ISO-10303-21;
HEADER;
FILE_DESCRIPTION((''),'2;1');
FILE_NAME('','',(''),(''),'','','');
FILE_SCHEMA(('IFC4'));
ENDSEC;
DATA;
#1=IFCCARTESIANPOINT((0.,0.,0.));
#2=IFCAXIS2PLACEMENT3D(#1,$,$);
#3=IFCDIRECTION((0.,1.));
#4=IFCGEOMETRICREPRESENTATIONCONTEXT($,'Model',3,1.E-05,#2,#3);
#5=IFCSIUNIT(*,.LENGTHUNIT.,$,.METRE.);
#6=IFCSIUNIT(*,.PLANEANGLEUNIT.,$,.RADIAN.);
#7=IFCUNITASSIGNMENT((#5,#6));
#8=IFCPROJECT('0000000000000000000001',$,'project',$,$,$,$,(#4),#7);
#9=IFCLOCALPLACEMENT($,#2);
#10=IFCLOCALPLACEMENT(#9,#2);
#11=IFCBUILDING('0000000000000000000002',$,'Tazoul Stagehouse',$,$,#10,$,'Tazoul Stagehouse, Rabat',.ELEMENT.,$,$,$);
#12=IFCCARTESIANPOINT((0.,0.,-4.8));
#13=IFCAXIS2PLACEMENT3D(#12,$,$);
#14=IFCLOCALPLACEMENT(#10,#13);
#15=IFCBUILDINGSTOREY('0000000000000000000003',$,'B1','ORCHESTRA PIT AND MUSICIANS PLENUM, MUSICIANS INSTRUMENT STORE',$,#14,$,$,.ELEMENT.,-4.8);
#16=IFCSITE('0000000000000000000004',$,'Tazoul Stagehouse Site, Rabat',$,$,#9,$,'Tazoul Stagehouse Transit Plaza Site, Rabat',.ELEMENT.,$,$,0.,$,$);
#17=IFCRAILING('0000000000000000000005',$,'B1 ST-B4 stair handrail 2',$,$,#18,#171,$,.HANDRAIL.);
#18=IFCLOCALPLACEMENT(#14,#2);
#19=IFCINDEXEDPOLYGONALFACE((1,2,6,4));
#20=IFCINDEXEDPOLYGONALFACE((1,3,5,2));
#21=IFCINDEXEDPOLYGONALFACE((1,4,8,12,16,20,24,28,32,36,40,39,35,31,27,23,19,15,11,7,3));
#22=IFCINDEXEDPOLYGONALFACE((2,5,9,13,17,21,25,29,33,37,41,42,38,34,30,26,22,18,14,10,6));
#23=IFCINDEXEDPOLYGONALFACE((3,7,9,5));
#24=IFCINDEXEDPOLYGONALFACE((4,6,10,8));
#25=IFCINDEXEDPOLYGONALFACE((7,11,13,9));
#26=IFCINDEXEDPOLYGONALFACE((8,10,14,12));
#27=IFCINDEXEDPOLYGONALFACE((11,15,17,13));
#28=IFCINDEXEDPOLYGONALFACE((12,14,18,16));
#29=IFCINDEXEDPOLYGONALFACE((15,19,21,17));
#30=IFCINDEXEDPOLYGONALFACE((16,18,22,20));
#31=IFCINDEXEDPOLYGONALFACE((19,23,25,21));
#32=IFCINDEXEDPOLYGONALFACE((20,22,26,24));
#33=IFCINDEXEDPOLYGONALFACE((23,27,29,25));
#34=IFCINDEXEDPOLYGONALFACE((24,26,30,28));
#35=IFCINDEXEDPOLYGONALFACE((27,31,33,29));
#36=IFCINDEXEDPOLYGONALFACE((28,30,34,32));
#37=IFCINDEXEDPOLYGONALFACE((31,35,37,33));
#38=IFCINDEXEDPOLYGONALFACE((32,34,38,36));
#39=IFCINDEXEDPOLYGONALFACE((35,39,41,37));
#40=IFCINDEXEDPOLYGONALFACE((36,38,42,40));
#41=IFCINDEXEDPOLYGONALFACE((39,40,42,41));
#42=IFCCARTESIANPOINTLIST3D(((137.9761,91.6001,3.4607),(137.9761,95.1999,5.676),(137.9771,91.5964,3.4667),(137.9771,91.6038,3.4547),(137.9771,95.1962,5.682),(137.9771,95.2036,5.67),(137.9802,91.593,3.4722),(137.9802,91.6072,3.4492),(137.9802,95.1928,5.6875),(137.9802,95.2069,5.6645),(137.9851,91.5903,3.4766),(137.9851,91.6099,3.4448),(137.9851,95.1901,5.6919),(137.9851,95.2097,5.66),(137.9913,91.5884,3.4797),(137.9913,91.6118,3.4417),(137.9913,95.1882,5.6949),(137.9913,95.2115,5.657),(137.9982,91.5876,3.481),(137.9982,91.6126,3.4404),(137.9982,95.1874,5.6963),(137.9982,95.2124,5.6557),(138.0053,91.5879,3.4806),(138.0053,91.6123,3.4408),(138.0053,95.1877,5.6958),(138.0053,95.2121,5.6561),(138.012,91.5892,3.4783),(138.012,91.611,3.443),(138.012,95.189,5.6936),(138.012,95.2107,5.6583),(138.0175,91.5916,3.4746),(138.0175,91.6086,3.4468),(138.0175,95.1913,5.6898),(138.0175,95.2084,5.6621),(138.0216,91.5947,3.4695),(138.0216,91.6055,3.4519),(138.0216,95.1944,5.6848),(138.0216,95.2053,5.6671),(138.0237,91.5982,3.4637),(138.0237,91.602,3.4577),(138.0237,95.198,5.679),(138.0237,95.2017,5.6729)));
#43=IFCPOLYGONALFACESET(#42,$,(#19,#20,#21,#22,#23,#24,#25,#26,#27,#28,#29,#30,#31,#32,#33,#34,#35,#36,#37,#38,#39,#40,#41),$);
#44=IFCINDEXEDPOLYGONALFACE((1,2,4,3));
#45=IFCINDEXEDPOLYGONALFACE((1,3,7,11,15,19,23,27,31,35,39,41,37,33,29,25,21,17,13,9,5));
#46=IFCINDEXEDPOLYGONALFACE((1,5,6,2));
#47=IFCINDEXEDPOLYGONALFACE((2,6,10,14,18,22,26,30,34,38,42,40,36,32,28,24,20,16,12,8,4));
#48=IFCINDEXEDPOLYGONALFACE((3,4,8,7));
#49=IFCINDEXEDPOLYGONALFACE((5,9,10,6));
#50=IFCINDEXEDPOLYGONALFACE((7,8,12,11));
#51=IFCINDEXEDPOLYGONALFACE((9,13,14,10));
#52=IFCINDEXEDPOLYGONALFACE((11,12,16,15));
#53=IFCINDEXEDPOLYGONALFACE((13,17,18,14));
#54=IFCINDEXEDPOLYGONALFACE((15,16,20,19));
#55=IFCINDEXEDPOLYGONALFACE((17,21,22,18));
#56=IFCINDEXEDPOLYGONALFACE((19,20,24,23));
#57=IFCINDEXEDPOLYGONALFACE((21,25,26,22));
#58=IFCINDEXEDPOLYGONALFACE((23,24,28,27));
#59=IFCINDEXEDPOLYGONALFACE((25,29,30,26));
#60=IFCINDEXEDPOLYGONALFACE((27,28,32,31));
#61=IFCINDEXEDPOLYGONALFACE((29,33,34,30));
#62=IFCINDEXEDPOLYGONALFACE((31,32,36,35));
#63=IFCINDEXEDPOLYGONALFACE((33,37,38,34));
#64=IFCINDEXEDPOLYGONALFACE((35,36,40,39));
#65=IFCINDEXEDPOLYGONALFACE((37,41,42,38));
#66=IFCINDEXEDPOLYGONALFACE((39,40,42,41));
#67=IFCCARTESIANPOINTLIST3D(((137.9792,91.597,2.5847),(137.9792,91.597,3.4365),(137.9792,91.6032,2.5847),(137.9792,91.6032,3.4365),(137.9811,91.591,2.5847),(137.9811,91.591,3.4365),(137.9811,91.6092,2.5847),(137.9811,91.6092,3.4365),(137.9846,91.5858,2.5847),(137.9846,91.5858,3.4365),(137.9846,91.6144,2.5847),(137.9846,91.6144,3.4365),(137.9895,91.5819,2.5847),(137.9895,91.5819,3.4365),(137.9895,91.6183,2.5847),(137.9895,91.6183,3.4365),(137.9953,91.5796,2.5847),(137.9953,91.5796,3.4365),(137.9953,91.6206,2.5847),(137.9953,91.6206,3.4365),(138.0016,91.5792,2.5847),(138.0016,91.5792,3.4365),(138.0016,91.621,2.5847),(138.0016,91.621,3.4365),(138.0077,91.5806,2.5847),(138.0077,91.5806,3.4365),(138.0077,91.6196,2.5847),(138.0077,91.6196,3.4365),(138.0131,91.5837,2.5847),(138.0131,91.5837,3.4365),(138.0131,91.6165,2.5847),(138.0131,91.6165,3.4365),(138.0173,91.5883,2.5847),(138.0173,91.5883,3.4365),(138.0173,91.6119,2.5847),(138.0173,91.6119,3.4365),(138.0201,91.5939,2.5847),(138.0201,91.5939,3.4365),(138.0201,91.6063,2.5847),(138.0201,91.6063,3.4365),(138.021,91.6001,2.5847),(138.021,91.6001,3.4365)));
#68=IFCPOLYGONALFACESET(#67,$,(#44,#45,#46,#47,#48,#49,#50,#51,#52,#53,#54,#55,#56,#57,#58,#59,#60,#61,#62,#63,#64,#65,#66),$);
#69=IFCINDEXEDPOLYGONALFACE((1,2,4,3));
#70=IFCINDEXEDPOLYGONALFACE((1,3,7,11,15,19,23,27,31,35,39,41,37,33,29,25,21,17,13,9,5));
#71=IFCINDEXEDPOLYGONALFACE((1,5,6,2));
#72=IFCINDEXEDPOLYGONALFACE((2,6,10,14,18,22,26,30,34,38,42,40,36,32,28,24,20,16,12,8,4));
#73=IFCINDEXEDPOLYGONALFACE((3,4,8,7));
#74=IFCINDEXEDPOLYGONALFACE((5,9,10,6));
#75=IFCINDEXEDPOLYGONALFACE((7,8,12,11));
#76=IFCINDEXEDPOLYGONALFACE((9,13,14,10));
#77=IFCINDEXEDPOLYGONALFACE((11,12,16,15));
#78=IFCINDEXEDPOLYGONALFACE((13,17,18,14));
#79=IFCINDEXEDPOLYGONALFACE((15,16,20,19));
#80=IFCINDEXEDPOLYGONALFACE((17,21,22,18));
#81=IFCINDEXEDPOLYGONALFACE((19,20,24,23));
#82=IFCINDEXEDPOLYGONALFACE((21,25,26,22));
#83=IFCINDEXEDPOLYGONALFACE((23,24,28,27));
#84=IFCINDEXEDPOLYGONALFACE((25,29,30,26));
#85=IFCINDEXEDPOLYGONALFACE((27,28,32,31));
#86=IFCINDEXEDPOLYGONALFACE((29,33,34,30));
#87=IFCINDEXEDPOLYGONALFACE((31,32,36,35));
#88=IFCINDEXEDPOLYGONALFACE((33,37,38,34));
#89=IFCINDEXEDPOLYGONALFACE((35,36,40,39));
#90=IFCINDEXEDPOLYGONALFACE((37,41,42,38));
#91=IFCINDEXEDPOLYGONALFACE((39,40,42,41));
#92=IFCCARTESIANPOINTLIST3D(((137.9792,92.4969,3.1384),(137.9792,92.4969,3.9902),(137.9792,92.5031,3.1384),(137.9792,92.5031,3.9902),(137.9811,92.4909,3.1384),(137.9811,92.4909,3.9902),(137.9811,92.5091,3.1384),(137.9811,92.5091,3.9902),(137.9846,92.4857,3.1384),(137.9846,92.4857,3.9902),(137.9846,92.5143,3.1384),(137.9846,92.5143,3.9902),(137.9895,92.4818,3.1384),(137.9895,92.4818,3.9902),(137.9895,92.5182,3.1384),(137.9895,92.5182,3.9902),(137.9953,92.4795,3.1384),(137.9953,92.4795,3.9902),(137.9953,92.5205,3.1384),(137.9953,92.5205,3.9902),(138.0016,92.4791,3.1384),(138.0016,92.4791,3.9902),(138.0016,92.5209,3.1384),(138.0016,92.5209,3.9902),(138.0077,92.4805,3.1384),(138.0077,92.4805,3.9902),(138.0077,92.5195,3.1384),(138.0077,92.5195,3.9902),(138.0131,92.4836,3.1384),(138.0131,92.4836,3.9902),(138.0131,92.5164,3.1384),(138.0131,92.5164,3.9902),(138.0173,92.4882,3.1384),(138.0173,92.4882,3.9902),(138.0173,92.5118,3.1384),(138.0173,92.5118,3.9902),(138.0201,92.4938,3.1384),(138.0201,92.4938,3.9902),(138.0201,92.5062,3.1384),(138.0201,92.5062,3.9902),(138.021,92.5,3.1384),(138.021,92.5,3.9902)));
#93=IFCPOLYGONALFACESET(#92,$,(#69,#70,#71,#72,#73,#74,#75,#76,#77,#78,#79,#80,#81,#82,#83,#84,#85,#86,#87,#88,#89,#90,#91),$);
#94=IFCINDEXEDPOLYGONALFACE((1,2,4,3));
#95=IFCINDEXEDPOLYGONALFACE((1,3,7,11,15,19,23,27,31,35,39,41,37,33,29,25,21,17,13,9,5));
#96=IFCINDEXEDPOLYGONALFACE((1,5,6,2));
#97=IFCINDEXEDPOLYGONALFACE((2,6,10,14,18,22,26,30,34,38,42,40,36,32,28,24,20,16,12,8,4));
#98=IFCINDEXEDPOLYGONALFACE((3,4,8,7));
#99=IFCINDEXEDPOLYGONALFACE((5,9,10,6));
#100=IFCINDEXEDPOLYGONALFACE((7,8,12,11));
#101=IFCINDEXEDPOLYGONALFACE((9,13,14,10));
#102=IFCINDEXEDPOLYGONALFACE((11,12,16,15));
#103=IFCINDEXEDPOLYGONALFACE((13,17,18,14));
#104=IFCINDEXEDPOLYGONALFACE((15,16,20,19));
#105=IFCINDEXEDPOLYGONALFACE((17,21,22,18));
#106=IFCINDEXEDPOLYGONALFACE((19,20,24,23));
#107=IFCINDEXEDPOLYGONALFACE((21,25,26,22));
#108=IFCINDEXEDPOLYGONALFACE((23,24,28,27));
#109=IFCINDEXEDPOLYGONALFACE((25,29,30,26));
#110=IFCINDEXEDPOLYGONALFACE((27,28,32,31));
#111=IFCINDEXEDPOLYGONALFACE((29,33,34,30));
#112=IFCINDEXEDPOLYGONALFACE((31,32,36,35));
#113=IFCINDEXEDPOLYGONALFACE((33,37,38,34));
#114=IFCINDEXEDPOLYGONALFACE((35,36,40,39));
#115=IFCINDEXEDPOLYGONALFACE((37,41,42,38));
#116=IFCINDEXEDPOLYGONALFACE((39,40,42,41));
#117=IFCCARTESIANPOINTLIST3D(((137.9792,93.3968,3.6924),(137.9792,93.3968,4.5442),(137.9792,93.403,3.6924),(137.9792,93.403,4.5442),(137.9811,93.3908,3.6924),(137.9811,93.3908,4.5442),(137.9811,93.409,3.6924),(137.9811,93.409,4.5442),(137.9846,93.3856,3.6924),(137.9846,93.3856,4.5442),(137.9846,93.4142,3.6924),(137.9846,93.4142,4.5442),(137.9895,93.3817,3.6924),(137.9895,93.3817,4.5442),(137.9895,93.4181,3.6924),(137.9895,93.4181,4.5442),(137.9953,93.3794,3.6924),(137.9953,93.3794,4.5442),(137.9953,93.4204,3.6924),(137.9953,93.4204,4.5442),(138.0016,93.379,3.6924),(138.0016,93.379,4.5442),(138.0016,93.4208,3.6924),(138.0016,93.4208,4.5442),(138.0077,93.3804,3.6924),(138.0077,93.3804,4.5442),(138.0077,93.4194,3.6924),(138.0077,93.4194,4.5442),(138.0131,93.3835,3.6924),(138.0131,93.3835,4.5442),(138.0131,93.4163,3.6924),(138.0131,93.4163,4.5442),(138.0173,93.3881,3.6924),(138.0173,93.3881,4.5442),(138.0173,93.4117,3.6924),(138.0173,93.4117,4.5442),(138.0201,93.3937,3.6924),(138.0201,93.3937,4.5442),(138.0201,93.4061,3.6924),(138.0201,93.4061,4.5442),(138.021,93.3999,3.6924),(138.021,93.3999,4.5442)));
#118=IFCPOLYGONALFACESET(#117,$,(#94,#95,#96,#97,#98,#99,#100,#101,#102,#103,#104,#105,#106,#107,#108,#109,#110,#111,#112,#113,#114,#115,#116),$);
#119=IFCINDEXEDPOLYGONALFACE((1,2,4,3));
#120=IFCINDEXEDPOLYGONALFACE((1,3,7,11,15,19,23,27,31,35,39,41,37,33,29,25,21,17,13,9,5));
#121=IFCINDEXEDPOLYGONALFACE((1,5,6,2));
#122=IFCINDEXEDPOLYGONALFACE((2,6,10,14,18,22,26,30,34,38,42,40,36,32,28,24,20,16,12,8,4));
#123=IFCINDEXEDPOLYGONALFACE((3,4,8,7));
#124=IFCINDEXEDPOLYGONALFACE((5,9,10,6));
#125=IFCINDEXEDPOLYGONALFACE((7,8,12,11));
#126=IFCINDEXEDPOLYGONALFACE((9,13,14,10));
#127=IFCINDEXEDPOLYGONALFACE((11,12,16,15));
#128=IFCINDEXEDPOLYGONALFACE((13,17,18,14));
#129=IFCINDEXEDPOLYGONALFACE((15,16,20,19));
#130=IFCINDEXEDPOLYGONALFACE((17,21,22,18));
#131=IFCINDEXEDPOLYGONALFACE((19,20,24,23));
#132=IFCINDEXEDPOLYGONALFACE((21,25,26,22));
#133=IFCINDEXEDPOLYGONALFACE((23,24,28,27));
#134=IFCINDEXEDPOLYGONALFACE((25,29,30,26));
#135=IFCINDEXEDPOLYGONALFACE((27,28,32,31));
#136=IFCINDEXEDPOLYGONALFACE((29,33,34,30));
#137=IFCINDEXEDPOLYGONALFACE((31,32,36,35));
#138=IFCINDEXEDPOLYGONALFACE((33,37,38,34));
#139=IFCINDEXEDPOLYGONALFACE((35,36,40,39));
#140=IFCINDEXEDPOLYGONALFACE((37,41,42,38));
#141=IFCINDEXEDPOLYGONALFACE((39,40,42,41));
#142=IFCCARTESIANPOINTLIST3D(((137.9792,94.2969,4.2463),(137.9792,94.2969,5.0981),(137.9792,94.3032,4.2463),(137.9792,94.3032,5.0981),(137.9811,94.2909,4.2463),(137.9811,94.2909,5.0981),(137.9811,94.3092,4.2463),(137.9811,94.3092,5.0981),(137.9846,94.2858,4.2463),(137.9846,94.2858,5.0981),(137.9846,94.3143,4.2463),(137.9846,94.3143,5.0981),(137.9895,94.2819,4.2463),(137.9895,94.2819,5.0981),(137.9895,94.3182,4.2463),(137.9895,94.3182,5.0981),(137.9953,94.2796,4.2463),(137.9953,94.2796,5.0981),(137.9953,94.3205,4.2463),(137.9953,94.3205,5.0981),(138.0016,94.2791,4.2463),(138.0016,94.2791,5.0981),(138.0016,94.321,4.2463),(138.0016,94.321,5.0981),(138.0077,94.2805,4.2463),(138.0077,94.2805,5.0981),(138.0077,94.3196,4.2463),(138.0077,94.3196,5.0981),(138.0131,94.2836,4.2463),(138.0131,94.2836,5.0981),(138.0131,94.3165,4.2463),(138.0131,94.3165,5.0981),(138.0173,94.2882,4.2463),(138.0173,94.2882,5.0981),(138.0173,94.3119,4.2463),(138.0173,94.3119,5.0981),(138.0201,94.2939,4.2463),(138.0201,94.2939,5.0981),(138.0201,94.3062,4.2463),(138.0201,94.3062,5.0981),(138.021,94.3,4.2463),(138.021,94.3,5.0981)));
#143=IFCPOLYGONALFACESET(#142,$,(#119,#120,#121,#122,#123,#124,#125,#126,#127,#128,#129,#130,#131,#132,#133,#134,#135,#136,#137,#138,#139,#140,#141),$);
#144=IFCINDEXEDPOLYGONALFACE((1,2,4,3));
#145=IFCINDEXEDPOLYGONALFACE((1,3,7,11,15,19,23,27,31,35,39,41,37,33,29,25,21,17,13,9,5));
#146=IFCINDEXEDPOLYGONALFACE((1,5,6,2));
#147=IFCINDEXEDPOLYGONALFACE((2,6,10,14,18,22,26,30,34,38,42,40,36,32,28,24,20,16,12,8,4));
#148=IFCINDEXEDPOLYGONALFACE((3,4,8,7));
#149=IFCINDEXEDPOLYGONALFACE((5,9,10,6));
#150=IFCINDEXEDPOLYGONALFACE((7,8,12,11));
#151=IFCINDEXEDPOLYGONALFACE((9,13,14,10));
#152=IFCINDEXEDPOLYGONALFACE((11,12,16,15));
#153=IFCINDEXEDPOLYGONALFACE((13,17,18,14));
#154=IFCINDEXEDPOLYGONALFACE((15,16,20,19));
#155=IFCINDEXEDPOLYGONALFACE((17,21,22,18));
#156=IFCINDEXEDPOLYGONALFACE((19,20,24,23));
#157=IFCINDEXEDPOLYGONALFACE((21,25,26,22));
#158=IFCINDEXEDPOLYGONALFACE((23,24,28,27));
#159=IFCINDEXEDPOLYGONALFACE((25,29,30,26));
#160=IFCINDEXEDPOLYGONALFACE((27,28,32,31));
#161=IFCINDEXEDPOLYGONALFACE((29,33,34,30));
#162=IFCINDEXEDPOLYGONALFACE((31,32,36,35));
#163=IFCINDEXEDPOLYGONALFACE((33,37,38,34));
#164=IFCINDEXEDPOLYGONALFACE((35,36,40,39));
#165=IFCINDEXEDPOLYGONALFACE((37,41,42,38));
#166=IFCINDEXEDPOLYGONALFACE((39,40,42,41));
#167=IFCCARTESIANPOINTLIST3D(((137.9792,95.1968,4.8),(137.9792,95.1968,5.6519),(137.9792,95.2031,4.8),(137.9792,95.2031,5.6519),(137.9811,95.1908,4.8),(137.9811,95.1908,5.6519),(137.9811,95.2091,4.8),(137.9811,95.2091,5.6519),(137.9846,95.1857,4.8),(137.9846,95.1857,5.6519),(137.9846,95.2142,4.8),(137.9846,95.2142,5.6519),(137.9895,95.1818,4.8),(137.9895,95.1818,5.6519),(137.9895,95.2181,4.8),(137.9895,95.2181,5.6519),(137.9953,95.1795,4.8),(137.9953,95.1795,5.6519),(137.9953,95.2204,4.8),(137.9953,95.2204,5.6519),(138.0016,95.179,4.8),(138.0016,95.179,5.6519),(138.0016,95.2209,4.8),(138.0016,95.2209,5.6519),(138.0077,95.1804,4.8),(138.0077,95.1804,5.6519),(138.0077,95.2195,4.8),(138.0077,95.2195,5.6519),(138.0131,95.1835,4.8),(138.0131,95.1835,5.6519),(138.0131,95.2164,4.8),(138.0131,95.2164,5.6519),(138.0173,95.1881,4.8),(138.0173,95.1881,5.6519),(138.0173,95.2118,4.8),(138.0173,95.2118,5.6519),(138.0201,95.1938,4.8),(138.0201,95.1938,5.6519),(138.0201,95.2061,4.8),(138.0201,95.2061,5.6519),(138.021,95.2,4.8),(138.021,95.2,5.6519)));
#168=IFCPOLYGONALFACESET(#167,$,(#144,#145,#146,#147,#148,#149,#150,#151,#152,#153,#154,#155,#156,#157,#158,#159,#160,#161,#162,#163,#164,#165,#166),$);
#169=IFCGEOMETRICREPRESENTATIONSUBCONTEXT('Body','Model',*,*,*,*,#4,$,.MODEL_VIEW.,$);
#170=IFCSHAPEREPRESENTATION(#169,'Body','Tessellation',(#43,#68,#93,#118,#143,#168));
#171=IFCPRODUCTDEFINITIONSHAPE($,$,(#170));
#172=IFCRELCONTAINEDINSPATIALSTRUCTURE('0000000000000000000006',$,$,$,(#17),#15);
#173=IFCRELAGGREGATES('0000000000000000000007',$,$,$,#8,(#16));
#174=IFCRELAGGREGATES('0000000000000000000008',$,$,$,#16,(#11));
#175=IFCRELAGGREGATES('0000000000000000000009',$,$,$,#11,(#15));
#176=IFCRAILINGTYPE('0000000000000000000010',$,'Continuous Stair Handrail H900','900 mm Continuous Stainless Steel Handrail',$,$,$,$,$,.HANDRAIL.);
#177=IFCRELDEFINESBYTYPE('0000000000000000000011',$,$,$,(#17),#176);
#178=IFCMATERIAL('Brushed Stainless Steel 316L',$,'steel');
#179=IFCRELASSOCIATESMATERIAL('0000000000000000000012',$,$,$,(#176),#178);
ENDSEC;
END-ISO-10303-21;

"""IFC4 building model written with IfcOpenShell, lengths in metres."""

from ifc_helpers import new_model, si_unit, direction, frame, origin, origin_2d, place, context, subcontext, project, spatial, circle, extrude, material, material_profile, profile_set, type_object, element, save


model = new_model("IFC4")

# Units and contexts
model_context = context("Model", 3, precision=1e-05, world=origin(), true_north=direction((0.0, 1.0)))
body_context = subcontext(model_context, "Body", "Model", "MODEL_VIEW")
ifc_project = project(units=[si_unit("LENGTHUNIT", "METRE"), si_unit("PLANEANGLEUNIT", "RADIAN")], contexts=[model_context])

# Site, building, storey
site_placement = place(None, origin())
site = spatial("IfcSite", under=ifc_project, at=site_placement, Name="Tazoul Stagehouse Site, Rabat", LongName="Tazoul Stagehouse Transit Plaza Site, Rabat", CompositionType="ELEMENT", RefElevation=0.0)
building_placement = place(site_placement, origin())
building = spatial("IfcBuilding", under=site, at=building_placement, Name="Tazoul Stagehouse", LongName="Tazoul Stagehouse, Rabat", CompositionType="ELEMENT")
storey_placement = place(building_placement, frame((0.0, 0.0, -4.8)))
storey = spatial("IfcBuildingStorey", under=building, at=storey_placement, Name="B1", Description="ORCHESTRA PIT AND MUSICIANS PLENUM, MUSICIANS INSTRUMENT STORE", CompositionType="ELEMENT", Elevation=-4.8)

# Railing
ifc_material_1 = material(Name="Brushed Stainless Steel 316L", Category="steel")
ifc_material_profile_1 = material_profile(ifc_material_1, circle(Radius=0.021, at=origin_2d()), Name="SS HANDRAIL D42")
ifc_profile_set_1 = profile_set([ifc_material_profile_1], Name="Brushed Stainless Steel 316L")
railing_type_1 = type_object("IfcRailingType", Name="Continuous Stair Handrail H900", Description="900 mm Continuous Stainless Steel Handrail", PredefinedType="HANDRAIL", material=ifc_profile_set_1)
railing_1_placement = place(storey_placement, frame((138.0, 91.6001, 2.5847)))
element("IfcRailing", 1, at=railing_1_placement, inside=storey, type_object=railing_type_1, Name="B1 ST-B4 stair handrail 2", PredefinedType="HANDRAIL", context=body_context, shape_type="SweptSolid", body=[
    extrude(circle(Radius=0.0239, at=origin_2d()), frame((0.0, 0.0, 0.876), z_axis=(0.0, 0.851654, 0.524104), x_axis=(-1.0, 0.0, 0.0)), (0.0, 0.0, 1.0), 4.2268),
    extrude(circle(Radius=0.021, at=origin_2d()), origin(), (0.0, 0.0, 1.0), 0.8518),
    extrude(circle(Radius=0.021, at=origin_2d()), frame((0.0, 0.8999, 0.5537)), (0.0, 0.0, 1.0), 0.8518),
    extrude(circle(Radius=0.021, at=origin_2d()), frame((0.0, 1.7998, 1.1077)), (0.0, 0.0, 1.0), 0.8518),
    extrude(circle(Radius=0.021, at=origin_2d()), frame((0.0, 2.7, 1.6616)), (0.0, 0.0, 1.0), 0.8518),
    extrude(circle(Radius=0.021, at=origin_2d()), frame((0.0, 3.5999, 2.2153)), (0.0, 0.0, 1.0), 0.8518),
])

save(model, "model.ifc")
